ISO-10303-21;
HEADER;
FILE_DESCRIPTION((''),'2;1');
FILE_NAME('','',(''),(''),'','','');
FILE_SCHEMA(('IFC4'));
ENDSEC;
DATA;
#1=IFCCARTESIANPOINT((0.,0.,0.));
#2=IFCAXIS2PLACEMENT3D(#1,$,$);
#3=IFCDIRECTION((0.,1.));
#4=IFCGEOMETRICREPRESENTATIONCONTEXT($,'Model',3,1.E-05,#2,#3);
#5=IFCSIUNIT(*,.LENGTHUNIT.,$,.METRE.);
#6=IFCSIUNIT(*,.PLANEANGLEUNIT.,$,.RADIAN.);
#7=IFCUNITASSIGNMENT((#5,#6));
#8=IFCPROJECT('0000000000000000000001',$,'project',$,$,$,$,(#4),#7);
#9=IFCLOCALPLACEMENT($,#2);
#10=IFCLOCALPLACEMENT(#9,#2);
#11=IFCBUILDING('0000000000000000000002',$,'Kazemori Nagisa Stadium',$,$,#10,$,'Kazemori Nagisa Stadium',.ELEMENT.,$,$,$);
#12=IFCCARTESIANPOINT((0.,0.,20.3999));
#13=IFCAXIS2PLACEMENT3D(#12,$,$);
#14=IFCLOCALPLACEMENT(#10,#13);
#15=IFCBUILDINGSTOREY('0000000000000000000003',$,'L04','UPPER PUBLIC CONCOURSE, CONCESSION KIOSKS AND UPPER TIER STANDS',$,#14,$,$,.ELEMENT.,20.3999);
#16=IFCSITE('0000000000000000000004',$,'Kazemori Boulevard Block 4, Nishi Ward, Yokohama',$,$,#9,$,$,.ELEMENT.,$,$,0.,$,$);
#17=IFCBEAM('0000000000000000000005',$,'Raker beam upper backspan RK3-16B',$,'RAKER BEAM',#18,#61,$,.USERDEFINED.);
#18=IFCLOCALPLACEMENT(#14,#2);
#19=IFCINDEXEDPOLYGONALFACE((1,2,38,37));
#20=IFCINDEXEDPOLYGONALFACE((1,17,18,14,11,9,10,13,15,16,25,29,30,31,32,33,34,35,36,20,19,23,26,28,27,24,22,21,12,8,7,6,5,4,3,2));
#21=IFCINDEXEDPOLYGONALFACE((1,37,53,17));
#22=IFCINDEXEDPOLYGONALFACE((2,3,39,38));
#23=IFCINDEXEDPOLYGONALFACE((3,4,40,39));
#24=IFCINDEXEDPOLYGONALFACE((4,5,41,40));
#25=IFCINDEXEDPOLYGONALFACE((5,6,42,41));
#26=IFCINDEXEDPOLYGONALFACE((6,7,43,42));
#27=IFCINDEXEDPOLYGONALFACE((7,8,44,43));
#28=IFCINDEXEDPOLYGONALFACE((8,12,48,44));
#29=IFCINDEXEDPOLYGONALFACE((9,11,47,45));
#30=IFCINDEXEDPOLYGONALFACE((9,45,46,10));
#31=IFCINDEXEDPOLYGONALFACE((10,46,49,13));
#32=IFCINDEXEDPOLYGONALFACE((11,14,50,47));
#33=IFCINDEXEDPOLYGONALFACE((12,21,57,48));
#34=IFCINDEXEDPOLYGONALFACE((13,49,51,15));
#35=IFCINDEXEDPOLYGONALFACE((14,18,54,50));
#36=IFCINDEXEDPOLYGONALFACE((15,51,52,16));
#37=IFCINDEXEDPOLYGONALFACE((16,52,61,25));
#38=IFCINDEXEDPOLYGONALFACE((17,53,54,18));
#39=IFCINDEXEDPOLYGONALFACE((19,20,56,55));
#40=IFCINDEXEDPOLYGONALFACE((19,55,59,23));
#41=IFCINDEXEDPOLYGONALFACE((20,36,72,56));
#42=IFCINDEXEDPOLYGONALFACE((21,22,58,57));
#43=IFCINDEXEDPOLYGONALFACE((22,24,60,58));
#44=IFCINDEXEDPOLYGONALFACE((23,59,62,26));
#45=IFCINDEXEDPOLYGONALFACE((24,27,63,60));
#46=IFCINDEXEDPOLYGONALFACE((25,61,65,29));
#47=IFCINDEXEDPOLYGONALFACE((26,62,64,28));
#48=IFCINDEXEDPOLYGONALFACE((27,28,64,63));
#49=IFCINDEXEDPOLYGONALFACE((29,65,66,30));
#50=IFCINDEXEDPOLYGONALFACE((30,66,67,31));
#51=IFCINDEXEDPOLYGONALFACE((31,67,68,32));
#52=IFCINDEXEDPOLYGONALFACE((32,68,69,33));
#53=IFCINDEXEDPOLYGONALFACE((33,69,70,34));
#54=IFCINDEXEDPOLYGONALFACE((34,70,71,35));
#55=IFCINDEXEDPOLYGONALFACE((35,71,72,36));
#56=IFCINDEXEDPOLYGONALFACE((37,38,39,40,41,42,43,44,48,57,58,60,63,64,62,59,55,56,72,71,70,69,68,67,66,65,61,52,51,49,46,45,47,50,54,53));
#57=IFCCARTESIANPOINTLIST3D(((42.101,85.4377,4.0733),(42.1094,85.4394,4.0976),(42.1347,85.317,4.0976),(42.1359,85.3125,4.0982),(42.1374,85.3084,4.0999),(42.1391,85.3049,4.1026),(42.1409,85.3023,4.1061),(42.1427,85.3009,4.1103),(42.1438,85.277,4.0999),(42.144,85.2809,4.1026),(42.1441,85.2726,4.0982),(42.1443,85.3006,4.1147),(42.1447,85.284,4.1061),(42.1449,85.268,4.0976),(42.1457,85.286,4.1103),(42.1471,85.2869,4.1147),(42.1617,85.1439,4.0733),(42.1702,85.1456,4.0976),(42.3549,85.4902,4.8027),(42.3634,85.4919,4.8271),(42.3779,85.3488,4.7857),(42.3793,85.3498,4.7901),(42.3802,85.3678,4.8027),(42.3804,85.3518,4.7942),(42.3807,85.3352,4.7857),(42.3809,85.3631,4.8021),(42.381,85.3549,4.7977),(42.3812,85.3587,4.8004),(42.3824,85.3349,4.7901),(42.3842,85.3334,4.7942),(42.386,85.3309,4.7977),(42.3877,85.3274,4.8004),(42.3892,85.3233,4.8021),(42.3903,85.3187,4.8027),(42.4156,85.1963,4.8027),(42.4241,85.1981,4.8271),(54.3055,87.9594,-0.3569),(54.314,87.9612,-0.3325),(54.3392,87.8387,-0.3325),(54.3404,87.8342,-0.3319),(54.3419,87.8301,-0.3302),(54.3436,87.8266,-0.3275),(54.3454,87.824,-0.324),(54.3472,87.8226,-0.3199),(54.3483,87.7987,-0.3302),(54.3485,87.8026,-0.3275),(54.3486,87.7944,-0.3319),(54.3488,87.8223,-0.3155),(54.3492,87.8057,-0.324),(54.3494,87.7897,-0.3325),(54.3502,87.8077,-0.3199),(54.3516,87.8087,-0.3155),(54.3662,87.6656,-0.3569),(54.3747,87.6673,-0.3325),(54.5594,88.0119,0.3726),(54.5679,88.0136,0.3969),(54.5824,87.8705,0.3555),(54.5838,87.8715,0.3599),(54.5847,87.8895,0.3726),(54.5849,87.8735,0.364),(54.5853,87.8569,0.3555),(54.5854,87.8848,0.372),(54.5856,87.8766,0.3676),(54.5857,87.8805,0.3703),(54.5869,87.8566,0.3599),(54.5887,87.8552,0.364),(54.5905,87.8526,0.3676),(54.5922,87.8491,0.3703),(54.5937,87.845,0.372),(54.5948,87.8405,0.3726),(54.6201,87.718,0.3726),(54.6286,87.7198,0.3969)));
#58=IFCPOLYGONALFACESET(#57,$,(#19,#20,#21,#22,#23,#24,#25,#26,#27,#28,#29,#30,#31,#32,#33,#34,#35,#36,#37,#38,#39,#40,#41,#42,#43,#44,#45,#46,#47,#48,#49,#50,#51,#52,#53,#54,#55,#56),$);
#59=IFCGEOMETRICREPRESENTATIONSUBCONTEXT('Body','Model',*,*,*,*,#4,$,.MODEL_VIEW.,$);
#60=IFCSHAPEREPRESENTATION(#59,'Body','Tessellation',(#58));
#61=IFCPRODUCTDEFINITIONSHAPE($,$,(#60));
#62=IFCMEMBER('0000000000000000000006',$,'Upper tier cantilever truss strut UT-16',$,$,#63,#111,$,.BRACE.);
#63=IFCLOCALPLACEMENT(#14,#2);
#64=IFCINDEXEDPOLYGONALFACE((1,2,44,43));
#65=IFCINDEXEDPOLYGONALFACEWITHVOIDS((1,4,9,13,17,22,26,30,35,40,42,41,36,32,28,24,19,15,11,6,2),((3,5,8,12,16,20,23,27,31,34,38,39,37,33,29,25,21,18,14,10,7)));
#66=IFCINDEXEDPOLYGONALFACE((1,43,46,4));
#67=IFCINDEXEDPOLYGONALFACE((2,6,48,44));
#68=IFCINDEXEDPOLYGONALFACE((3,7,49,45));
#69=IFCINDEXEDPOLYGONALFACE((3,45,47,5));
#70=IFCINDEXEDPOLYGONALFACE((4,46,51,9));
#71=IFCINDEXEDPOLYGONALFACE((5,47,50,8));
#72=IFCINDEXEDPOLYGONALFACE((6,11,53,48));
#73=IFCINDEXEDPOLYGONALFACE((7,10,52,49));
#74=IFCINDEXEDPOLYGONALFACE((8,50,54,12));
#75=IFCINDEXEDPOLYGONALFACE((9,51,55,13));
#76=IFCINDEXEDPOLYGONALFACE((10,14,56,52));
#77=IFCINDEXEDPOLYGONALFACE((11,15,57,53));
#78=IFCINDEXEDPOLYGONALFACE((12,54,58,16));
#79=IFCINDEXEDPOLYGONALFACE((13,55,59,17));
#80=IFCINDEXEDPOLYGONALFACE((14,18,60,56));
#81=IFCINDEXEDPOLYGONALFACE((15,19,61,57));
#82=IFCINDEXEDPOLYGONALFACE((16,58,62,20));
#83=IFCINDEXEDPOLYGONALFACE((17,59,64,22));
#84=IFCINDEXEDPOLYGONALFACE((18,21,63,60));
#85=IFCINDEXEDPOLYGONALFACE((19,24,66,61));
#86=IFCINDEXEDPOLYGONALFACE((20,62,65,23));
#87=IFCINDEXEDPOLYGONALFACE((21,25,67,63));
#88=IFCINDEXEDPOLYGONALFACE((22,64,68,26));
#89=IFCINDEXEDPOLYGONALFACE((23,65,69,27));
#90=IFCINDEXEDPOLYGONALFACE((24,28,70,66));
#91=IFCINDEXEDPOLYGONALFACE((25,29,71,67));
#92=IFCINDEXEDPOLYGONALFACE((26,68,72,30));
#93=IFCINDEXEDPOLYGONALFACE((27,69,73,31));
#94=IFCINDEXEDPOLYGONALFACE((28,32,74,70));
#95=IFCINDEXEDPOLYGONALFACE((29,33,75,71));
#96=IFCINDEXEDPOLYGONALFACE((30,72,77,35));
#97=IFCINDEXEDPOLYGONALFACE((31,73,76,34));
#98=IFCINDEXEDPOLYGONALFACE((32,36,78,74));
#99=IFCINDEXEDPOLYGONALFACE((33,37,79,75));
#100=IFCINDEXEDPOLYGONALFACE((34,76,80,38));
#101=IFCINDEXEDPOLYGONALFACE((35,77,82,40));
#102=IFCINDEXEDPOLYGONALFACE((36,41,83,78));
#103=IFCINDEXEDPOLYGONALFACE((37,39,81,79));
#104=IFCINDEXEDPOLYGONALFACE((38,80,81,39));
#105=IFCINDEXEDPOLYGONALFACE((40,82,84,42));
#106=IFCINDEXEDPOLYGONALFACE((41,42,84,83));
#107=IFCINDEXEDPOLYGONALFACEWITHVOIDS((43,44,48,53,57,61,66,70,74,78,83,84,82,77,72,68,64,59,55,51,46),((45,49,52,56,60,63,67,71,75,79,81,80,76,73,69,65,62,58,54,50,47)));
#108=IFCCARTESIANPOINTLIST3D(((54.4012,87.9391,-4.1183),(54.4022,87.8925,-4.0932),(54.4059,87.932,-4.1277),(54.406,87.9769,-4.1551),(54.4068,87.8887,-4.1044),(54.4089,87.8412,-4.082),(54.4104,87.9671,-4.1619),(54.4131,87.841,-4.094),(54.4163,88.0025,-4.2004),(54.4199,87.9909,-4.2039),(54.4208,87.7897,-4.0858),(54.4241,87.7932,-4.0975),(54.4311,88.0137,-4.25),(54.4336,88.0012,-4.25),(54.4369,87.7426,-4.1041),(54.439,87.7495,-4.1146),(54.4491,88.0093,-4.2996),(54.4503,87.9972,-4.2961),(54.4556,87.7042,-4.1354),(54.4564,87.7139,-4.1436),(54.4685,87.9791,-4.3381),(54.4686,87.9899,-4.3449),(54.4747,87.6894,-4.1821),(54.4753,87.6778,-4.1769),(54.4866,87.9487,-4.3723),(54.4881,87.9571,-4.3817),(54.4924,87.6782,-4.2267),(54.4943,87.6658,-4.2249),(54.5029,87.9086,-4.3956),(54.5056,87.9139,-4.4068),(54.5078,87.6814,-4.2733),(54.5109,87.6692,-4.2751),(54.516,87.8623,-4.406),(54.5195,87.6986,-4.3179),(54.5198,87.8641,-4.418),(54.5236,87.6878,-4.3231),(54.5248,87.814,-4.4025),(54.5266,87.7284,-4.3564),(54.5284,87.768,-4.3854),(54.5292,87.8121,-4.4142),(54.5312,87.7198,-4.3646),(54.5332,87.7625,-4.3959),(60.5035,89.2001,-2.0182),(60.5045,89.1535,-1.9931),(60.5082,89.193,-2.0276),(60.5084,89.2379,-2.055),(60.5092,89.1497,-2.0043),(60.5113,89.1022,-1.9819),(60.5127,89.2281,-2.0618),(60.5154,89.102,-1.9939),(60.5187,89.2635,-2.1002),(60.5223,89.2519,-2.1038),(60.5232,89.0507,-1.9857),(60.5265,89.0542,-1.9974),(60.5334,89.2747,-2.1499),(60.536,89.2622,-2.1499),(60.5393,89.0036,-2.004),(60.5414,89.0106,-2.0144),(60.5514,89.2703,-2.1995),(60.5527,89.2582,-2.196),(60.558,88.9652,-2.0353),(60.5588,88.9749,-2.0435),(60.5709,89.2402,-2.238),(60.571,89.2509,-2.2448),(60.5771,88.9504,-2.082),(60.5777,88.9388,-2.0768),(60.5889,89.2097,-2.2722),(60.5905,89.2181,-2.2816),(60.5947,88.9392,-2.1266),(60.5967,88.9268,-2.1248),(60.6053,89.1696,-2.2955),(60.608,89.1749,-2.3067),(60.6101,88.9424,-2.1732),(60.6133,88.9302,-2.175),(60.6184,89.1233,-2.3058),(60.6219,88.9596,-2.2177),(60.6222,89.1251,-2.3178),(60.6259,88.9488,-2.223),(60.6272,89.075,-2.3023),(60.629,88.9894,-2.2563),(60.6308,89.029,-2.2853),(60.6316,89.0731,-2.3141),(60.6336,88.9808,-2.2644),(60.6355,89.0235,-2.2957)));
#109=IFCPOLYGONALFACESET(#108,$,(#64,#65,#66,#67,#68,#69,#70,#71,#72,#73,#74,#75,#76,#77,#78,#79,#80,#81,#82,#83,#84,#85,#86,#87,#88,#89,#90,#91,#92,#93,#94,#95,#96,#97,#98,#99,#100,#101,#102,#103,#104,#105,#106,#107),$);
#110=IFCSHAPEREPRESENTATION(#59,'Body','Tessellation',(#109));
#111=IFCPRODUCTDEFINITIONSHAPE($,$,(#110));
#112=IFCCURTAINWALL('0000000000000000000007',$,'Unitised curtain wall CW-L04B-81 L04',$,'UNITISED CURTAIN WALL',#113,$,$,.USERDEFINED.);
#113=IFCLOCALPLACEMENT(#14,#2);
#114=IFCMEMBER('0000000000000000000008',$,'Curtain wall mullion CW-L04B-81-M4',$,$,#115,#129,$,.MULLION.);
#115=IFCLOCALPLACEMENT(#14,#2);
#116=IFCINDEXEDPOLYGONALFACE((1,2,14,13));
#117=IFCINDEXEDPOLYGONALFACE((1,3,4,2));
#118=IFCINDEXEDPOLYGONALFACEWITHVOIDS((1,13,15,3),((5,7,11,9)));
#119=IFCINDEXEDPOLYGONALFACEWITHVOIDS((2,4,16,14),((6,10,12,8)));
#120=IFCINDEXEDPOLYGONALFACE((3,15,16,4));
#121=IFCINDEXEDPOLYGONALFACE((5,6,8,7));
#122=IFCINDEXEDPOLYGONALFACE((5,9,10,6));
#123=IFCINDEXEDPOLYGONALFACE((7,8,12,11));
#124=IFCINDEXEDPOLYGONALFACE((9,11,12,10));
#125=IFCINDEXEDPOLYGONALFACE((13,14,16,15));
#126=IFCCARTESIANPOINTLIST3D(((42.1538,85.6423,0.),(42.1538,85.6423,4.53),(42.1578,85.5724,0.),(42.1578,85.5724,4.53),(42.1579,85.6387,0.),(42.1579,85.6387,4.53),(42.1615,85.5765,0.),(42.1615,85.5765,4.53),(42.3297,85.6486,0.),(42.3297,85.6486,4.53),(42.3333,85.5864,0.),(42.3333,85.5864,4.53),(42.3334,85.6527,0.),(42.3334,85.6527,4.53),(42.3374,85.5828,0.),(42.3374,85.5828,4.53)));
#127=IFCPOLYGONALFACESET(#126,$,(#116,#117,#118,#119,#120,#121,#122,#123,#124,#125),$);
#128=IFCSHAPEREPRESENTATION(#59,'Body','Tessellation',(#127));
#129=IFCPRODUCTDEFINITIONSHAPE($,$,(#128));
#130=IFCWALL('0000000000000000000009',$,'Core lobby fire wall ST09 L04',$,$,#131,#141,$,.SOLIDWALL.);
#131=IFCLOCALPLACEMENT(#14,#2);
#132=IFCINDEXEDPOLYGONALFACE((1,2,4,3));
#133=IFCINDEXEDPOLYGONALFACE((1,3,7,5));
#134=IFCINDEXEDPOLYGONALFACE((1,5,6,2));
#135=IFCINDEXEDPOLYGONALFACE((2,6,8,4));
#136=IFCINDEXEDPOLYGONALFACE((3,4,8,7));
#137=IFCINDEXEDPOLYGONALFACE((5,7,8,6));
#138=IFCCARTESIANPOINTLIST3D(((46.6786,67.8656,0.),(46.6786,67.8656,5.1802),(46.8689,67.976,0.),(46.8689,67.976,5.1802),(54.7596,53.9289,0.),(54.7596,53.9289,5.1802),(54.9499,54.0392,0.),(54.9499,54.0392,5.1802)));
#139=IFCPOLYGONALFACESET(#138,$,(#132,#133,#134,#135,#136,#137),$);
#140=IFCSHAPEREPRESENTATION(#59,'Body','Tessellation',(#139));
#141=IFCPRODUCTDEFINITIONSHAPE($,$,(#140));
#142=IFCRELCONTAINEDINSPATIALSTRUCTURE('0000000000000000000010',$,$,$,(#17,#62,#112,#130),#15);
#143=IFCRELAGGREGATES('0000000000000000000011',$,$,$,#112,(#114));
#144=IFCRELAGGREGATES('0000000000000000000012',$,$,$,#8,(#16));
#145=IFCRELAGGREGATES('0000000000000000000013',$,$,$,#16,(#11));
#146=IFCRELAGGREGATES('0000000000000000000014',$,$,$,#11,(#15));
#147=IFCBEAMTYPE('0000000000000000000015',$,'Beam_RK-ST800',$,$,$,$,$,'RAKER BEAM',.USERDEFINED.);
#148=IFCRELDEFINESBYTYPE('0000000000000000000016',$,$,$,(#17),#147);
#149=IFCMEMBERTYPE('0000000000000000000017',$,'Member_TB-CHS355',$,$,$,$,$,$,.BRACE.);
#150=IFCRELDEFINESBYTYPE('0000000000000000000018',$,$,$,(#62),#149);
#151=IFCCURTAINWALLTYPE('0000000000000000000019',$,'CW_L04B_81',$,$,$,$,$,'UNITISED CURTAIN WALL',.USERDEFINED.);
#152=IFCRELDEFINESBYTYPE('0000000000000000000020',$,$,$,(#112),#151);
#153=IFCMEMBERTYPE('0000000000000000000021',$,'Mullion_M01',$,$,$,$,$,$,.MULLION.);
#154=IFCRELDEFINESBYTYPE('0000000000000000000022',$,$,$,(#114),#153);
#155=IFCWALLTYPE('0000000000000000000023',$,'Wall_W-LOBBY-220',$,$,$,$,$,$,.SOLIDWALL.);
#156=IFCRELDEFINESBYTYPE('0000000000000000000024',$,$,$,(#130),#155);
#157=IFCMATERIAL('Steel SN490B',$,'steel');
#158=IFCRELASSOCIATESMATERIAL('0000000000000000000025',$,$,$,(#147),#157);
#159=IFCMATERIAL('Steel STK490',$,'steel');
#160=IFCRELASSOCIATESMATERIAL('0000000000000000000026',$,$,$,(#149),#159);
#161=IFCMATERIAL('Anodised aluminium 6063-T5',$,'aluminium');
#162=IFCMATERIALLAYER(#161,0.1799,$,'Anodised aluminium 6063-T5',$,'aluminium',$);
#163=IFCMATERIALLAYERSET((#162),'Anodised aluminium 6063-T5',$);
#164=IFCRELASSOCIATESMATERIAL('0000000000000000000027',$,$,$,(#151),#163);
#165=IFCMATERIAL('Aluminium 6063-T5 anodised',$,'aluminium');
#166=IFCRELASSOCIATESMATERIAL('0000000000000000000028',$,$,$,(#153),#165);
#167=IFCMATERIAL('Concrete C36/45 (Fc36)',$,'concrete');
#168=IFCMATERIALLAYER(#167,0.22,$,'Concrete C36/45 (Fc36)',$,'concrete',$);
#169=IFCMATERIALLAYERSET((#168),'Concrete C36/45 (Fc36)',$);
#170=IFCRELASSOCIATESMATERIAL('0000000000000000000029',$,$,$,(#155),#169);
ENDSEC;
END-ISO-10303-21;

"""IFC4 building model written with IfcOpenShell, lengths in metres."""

from ifc_helpers import new_model, si_unit, direction, frame, frame_2d, origin, origin_2d, place, context, subcontext, project, spatial, rectangle, hollow_rectangle, hollow_circle, i_section, extrude, material, layer, layer_set, material_profile, profile_set, type_object, element, aggregate, save


model = new_model("IFC4")

# Units and contexts
model_context = context("Model", 3, precision=1e-05, world=origin(), true_north=direction((0.0, 1.0)))
body_context = subcontext(model_context, "Body", "Model", "MODEL_VIEW")
ifc_project = project(units=[si_unit("LENGTHUNIT", "METRE"), si_unit("PLANEANGLEUNIT", "RADIAN")], contexts=[model_context])

# Site, building, storey
site_placement = place(None, origin())
site = spatial("IfcSite", under=ifc_project, at=site_placement, Name="Kazemori Boulevard Block 4, Nishi Ward, Yokohama", CompositionType="ELEMENT", RefElevation=0.0)
building_placement = place(site_placement, origin())
building = spatial("IfcBuilding", under=site, at=building_placement, Name="Kazemori Nagisa Stadium", LongName="Kazemori Nagisa Stadium", CompositionType="ELEMENT")
storey_placement = place(building_placement, frame((0.0, 0.0, 20.3999)))
storey = spatial("IfcBuildingStorey", under=building, at=storey_placement, Name="L04", Description="UPPER PUBLIC CONCOURSE, CONCESSION KIOSKS AND UPPER TIER STANDS", CompositionType="ELEMENT", Elevation=20.3999)

# Beam
ifc_material_1 = material(Name="Steel SN490B", Category="steel")
ifc_material_profile_1 = material_profile(ifc_material_1, i_section(OverallWidth=0.3, OverallDepth=0.8, WebThickness=0.0139, FlangeThickness=0.0259, FilletRadius=0.0181, at=origin_2d()), Name="H-800x300x14x26")
ifc_profile_set_1 = profile_set([ifc_material_profile_1], Name="Steel SN490B")
beam_type_1 = type_object("IfcBeamType", Name="Beam_RK-ST800", ElementType="RAKER BEAM", PredefinedType="USERDEFINED", material=ifc_profile_set_1)
beam_1_placement = place(storey_placement, frame((54.467, 87.8396, 0.02), z_axis=(-0.922745, -0.190659, 0.33495), x_axis=(0.202347, -0.979314, 0.0)))
element("IfcBeam", 1, at=beam_1_placement, inside=storey, type_object=beam_type_1, Name="Raker beam upper backspan RK3-16B", ObjectType="RAKER BEAM", PredefinedType="USERDEFINED", context=body_context, shape_type="SweptSolid", body=[
    extrude(i_section(OverallWidth=0.3, OverallDepth=0.8, WebThickness=0.0139, FlangeThickness=0.0259, FilletRadius=0.0181, at=origin_2d()), origin(), (0.0, 0.0, 1.0), 13.2263),
])

# Member
ifc_material_2 = material(Name="Steel STK490", Category="steel")
ifc_material_profile_2 = material_profile(ifc_material_2, hollow_circle(Radius=0.1777, WallThickness=0.0127, at=origin_2d()), Name="CHS-355.6x12.7")
ifc_profile_set_2 = profile_set([ifc_material_profile_2], Name="Steel STK490")
member_type_1 = type_object("IfcMemberType", Name="Member_TB-CHS355", PredefinedType="BRACE", material=ifc_profile_set_2)
member_1_placement = place(storey_placement, frame((54.467, 87.8396, -4.25), z_axis=(0.928021, 0.191768, 0.319377), x_axis=(-0.202366, 0.97931, 0.0)))
element("IfcMember", 2, at=member_1_placement, inside=storey, type_object=member_type_1, Name="Upper tier cantilever truss strut UT-16", PredefinedType="BRACE", context=body_context, shape_type="SweptSolid", body=[
    extrude(hollow_circle(Radius=0.1777, WallThickness=0.0127, at=origin_2d()), origin(), (0.0, 0.0, 1.0), 6.5757),
])

# Curtain wall, member
ifc_material_3 = material(Name="Anodised aluminium 6063-T5", Category="aluminium")
ifc_layer_1 = layer(ifc_material_3, 0.1799, Name="Anodised aluminium 6063-T5", Category="aluminium")
ifc_layer_set_1 = layer_set([ifc_layer_1], Name="Anodised aluminium 6063-T5")
curtain_wall_type = type_object("IfcCurtainWallType", Name="CW_L04B_81", ElementType="UNITISED CURTAIN WALL", PredefinedType="USERDEFINED", material=ifc_layer_set_1)
curtain_wall_placement = place(storey_placement, origin())
curtain_wall = element("IfcCurtainWall", 3, at=curtain_wall_placement, inside=storey, type_object=curtain_wall_type, Name="Unitised curtain wall CW-L04B-81 L04", ObjectType="UNITISED CURTAIN WALL", PredefinedType="USERDEFINED")
ifc_material_4 = material(Name="Aluminium 6063-T5 anodised", Category="aluminium")
ifc_material_profile_3 = material_profile(ifc_material_4, hollow_rectangle(XDim=0.0701, YDim=0.1799, WallThickness=0.0039, at=origin_2d()), Name="ALU-MULL-70x180x4")
ifc_profile_set_3 = profile_set([ifc_material_profile_3], Name="Aluminium 6063-T5 anodised")
member_type_2 = type_object("IfcMemberType", Name="Mullion_M01", PredefinedType="MULLION", material=ifc_profile_set_3)
member_2_placement = place(storey_placement, frame((42.2456, 85.6125, 0.0), z_axis=(0.0, 0.0, 1.0), x_axis=(0.057602, -0.99834, 0.0)))
member_2 = element("IfcMember", 4, at=member_2_placement, type_object=member_type_2, Name="Curtain wall mullion CW-L04B-81-M4", PredefinedType="MULLION", context=body_context, shape_type="SweptSolid", body=[
    extrude(hollow_rectangle(XDim=0.0701, YDim=0.1799, WallThickness=0.0039, at=origin_2d()), origin(), (0.0, 0.0, 1.0), 4.53),
])
aggregate(curtain_wall, [member_2])

# Wall
ifc_material_5 = material(Name="Concrete C36/45 (Fc36)", Category="concrete")
ifc_layer_2 = layer(ifc_material_5, 0.22, Name="Concrete C36/45 (Fc36)", Category="concrete")
ifc_layer_set_2 = layer_set([ifc_layer_2], Name="Concrete C36/45 (Fc36)")
wall_type = type_object("IfcWallType", Name="Wall_W-LOBBY-220", PredefinedType="SOLIDWALL", material=ifc_layer_set_2)
wall_placement = place(storey_placement, frame((46.7737, 67.9209, 0.0), z_axis=(0.0, 0.0, 1.0), x_axis=(0.501613, -0.865092, 0.0)))
element("IfcWall", 5, at=wall_placement, inside=storey, type_object=wall_type, Name="Core lobby fire wall ST09 L04", PredefinedType="SOLIDWALL", context=body_context, shape_type="SweptSolid", body=[
    extrude(rectangle(XDim=16.1101, YDim=0.22, at=frame_2d((8.0552, 0.0))), origin(), (0.0, 0.0, 1.0), 5.1802),
])

save(model, "model.ifc")
